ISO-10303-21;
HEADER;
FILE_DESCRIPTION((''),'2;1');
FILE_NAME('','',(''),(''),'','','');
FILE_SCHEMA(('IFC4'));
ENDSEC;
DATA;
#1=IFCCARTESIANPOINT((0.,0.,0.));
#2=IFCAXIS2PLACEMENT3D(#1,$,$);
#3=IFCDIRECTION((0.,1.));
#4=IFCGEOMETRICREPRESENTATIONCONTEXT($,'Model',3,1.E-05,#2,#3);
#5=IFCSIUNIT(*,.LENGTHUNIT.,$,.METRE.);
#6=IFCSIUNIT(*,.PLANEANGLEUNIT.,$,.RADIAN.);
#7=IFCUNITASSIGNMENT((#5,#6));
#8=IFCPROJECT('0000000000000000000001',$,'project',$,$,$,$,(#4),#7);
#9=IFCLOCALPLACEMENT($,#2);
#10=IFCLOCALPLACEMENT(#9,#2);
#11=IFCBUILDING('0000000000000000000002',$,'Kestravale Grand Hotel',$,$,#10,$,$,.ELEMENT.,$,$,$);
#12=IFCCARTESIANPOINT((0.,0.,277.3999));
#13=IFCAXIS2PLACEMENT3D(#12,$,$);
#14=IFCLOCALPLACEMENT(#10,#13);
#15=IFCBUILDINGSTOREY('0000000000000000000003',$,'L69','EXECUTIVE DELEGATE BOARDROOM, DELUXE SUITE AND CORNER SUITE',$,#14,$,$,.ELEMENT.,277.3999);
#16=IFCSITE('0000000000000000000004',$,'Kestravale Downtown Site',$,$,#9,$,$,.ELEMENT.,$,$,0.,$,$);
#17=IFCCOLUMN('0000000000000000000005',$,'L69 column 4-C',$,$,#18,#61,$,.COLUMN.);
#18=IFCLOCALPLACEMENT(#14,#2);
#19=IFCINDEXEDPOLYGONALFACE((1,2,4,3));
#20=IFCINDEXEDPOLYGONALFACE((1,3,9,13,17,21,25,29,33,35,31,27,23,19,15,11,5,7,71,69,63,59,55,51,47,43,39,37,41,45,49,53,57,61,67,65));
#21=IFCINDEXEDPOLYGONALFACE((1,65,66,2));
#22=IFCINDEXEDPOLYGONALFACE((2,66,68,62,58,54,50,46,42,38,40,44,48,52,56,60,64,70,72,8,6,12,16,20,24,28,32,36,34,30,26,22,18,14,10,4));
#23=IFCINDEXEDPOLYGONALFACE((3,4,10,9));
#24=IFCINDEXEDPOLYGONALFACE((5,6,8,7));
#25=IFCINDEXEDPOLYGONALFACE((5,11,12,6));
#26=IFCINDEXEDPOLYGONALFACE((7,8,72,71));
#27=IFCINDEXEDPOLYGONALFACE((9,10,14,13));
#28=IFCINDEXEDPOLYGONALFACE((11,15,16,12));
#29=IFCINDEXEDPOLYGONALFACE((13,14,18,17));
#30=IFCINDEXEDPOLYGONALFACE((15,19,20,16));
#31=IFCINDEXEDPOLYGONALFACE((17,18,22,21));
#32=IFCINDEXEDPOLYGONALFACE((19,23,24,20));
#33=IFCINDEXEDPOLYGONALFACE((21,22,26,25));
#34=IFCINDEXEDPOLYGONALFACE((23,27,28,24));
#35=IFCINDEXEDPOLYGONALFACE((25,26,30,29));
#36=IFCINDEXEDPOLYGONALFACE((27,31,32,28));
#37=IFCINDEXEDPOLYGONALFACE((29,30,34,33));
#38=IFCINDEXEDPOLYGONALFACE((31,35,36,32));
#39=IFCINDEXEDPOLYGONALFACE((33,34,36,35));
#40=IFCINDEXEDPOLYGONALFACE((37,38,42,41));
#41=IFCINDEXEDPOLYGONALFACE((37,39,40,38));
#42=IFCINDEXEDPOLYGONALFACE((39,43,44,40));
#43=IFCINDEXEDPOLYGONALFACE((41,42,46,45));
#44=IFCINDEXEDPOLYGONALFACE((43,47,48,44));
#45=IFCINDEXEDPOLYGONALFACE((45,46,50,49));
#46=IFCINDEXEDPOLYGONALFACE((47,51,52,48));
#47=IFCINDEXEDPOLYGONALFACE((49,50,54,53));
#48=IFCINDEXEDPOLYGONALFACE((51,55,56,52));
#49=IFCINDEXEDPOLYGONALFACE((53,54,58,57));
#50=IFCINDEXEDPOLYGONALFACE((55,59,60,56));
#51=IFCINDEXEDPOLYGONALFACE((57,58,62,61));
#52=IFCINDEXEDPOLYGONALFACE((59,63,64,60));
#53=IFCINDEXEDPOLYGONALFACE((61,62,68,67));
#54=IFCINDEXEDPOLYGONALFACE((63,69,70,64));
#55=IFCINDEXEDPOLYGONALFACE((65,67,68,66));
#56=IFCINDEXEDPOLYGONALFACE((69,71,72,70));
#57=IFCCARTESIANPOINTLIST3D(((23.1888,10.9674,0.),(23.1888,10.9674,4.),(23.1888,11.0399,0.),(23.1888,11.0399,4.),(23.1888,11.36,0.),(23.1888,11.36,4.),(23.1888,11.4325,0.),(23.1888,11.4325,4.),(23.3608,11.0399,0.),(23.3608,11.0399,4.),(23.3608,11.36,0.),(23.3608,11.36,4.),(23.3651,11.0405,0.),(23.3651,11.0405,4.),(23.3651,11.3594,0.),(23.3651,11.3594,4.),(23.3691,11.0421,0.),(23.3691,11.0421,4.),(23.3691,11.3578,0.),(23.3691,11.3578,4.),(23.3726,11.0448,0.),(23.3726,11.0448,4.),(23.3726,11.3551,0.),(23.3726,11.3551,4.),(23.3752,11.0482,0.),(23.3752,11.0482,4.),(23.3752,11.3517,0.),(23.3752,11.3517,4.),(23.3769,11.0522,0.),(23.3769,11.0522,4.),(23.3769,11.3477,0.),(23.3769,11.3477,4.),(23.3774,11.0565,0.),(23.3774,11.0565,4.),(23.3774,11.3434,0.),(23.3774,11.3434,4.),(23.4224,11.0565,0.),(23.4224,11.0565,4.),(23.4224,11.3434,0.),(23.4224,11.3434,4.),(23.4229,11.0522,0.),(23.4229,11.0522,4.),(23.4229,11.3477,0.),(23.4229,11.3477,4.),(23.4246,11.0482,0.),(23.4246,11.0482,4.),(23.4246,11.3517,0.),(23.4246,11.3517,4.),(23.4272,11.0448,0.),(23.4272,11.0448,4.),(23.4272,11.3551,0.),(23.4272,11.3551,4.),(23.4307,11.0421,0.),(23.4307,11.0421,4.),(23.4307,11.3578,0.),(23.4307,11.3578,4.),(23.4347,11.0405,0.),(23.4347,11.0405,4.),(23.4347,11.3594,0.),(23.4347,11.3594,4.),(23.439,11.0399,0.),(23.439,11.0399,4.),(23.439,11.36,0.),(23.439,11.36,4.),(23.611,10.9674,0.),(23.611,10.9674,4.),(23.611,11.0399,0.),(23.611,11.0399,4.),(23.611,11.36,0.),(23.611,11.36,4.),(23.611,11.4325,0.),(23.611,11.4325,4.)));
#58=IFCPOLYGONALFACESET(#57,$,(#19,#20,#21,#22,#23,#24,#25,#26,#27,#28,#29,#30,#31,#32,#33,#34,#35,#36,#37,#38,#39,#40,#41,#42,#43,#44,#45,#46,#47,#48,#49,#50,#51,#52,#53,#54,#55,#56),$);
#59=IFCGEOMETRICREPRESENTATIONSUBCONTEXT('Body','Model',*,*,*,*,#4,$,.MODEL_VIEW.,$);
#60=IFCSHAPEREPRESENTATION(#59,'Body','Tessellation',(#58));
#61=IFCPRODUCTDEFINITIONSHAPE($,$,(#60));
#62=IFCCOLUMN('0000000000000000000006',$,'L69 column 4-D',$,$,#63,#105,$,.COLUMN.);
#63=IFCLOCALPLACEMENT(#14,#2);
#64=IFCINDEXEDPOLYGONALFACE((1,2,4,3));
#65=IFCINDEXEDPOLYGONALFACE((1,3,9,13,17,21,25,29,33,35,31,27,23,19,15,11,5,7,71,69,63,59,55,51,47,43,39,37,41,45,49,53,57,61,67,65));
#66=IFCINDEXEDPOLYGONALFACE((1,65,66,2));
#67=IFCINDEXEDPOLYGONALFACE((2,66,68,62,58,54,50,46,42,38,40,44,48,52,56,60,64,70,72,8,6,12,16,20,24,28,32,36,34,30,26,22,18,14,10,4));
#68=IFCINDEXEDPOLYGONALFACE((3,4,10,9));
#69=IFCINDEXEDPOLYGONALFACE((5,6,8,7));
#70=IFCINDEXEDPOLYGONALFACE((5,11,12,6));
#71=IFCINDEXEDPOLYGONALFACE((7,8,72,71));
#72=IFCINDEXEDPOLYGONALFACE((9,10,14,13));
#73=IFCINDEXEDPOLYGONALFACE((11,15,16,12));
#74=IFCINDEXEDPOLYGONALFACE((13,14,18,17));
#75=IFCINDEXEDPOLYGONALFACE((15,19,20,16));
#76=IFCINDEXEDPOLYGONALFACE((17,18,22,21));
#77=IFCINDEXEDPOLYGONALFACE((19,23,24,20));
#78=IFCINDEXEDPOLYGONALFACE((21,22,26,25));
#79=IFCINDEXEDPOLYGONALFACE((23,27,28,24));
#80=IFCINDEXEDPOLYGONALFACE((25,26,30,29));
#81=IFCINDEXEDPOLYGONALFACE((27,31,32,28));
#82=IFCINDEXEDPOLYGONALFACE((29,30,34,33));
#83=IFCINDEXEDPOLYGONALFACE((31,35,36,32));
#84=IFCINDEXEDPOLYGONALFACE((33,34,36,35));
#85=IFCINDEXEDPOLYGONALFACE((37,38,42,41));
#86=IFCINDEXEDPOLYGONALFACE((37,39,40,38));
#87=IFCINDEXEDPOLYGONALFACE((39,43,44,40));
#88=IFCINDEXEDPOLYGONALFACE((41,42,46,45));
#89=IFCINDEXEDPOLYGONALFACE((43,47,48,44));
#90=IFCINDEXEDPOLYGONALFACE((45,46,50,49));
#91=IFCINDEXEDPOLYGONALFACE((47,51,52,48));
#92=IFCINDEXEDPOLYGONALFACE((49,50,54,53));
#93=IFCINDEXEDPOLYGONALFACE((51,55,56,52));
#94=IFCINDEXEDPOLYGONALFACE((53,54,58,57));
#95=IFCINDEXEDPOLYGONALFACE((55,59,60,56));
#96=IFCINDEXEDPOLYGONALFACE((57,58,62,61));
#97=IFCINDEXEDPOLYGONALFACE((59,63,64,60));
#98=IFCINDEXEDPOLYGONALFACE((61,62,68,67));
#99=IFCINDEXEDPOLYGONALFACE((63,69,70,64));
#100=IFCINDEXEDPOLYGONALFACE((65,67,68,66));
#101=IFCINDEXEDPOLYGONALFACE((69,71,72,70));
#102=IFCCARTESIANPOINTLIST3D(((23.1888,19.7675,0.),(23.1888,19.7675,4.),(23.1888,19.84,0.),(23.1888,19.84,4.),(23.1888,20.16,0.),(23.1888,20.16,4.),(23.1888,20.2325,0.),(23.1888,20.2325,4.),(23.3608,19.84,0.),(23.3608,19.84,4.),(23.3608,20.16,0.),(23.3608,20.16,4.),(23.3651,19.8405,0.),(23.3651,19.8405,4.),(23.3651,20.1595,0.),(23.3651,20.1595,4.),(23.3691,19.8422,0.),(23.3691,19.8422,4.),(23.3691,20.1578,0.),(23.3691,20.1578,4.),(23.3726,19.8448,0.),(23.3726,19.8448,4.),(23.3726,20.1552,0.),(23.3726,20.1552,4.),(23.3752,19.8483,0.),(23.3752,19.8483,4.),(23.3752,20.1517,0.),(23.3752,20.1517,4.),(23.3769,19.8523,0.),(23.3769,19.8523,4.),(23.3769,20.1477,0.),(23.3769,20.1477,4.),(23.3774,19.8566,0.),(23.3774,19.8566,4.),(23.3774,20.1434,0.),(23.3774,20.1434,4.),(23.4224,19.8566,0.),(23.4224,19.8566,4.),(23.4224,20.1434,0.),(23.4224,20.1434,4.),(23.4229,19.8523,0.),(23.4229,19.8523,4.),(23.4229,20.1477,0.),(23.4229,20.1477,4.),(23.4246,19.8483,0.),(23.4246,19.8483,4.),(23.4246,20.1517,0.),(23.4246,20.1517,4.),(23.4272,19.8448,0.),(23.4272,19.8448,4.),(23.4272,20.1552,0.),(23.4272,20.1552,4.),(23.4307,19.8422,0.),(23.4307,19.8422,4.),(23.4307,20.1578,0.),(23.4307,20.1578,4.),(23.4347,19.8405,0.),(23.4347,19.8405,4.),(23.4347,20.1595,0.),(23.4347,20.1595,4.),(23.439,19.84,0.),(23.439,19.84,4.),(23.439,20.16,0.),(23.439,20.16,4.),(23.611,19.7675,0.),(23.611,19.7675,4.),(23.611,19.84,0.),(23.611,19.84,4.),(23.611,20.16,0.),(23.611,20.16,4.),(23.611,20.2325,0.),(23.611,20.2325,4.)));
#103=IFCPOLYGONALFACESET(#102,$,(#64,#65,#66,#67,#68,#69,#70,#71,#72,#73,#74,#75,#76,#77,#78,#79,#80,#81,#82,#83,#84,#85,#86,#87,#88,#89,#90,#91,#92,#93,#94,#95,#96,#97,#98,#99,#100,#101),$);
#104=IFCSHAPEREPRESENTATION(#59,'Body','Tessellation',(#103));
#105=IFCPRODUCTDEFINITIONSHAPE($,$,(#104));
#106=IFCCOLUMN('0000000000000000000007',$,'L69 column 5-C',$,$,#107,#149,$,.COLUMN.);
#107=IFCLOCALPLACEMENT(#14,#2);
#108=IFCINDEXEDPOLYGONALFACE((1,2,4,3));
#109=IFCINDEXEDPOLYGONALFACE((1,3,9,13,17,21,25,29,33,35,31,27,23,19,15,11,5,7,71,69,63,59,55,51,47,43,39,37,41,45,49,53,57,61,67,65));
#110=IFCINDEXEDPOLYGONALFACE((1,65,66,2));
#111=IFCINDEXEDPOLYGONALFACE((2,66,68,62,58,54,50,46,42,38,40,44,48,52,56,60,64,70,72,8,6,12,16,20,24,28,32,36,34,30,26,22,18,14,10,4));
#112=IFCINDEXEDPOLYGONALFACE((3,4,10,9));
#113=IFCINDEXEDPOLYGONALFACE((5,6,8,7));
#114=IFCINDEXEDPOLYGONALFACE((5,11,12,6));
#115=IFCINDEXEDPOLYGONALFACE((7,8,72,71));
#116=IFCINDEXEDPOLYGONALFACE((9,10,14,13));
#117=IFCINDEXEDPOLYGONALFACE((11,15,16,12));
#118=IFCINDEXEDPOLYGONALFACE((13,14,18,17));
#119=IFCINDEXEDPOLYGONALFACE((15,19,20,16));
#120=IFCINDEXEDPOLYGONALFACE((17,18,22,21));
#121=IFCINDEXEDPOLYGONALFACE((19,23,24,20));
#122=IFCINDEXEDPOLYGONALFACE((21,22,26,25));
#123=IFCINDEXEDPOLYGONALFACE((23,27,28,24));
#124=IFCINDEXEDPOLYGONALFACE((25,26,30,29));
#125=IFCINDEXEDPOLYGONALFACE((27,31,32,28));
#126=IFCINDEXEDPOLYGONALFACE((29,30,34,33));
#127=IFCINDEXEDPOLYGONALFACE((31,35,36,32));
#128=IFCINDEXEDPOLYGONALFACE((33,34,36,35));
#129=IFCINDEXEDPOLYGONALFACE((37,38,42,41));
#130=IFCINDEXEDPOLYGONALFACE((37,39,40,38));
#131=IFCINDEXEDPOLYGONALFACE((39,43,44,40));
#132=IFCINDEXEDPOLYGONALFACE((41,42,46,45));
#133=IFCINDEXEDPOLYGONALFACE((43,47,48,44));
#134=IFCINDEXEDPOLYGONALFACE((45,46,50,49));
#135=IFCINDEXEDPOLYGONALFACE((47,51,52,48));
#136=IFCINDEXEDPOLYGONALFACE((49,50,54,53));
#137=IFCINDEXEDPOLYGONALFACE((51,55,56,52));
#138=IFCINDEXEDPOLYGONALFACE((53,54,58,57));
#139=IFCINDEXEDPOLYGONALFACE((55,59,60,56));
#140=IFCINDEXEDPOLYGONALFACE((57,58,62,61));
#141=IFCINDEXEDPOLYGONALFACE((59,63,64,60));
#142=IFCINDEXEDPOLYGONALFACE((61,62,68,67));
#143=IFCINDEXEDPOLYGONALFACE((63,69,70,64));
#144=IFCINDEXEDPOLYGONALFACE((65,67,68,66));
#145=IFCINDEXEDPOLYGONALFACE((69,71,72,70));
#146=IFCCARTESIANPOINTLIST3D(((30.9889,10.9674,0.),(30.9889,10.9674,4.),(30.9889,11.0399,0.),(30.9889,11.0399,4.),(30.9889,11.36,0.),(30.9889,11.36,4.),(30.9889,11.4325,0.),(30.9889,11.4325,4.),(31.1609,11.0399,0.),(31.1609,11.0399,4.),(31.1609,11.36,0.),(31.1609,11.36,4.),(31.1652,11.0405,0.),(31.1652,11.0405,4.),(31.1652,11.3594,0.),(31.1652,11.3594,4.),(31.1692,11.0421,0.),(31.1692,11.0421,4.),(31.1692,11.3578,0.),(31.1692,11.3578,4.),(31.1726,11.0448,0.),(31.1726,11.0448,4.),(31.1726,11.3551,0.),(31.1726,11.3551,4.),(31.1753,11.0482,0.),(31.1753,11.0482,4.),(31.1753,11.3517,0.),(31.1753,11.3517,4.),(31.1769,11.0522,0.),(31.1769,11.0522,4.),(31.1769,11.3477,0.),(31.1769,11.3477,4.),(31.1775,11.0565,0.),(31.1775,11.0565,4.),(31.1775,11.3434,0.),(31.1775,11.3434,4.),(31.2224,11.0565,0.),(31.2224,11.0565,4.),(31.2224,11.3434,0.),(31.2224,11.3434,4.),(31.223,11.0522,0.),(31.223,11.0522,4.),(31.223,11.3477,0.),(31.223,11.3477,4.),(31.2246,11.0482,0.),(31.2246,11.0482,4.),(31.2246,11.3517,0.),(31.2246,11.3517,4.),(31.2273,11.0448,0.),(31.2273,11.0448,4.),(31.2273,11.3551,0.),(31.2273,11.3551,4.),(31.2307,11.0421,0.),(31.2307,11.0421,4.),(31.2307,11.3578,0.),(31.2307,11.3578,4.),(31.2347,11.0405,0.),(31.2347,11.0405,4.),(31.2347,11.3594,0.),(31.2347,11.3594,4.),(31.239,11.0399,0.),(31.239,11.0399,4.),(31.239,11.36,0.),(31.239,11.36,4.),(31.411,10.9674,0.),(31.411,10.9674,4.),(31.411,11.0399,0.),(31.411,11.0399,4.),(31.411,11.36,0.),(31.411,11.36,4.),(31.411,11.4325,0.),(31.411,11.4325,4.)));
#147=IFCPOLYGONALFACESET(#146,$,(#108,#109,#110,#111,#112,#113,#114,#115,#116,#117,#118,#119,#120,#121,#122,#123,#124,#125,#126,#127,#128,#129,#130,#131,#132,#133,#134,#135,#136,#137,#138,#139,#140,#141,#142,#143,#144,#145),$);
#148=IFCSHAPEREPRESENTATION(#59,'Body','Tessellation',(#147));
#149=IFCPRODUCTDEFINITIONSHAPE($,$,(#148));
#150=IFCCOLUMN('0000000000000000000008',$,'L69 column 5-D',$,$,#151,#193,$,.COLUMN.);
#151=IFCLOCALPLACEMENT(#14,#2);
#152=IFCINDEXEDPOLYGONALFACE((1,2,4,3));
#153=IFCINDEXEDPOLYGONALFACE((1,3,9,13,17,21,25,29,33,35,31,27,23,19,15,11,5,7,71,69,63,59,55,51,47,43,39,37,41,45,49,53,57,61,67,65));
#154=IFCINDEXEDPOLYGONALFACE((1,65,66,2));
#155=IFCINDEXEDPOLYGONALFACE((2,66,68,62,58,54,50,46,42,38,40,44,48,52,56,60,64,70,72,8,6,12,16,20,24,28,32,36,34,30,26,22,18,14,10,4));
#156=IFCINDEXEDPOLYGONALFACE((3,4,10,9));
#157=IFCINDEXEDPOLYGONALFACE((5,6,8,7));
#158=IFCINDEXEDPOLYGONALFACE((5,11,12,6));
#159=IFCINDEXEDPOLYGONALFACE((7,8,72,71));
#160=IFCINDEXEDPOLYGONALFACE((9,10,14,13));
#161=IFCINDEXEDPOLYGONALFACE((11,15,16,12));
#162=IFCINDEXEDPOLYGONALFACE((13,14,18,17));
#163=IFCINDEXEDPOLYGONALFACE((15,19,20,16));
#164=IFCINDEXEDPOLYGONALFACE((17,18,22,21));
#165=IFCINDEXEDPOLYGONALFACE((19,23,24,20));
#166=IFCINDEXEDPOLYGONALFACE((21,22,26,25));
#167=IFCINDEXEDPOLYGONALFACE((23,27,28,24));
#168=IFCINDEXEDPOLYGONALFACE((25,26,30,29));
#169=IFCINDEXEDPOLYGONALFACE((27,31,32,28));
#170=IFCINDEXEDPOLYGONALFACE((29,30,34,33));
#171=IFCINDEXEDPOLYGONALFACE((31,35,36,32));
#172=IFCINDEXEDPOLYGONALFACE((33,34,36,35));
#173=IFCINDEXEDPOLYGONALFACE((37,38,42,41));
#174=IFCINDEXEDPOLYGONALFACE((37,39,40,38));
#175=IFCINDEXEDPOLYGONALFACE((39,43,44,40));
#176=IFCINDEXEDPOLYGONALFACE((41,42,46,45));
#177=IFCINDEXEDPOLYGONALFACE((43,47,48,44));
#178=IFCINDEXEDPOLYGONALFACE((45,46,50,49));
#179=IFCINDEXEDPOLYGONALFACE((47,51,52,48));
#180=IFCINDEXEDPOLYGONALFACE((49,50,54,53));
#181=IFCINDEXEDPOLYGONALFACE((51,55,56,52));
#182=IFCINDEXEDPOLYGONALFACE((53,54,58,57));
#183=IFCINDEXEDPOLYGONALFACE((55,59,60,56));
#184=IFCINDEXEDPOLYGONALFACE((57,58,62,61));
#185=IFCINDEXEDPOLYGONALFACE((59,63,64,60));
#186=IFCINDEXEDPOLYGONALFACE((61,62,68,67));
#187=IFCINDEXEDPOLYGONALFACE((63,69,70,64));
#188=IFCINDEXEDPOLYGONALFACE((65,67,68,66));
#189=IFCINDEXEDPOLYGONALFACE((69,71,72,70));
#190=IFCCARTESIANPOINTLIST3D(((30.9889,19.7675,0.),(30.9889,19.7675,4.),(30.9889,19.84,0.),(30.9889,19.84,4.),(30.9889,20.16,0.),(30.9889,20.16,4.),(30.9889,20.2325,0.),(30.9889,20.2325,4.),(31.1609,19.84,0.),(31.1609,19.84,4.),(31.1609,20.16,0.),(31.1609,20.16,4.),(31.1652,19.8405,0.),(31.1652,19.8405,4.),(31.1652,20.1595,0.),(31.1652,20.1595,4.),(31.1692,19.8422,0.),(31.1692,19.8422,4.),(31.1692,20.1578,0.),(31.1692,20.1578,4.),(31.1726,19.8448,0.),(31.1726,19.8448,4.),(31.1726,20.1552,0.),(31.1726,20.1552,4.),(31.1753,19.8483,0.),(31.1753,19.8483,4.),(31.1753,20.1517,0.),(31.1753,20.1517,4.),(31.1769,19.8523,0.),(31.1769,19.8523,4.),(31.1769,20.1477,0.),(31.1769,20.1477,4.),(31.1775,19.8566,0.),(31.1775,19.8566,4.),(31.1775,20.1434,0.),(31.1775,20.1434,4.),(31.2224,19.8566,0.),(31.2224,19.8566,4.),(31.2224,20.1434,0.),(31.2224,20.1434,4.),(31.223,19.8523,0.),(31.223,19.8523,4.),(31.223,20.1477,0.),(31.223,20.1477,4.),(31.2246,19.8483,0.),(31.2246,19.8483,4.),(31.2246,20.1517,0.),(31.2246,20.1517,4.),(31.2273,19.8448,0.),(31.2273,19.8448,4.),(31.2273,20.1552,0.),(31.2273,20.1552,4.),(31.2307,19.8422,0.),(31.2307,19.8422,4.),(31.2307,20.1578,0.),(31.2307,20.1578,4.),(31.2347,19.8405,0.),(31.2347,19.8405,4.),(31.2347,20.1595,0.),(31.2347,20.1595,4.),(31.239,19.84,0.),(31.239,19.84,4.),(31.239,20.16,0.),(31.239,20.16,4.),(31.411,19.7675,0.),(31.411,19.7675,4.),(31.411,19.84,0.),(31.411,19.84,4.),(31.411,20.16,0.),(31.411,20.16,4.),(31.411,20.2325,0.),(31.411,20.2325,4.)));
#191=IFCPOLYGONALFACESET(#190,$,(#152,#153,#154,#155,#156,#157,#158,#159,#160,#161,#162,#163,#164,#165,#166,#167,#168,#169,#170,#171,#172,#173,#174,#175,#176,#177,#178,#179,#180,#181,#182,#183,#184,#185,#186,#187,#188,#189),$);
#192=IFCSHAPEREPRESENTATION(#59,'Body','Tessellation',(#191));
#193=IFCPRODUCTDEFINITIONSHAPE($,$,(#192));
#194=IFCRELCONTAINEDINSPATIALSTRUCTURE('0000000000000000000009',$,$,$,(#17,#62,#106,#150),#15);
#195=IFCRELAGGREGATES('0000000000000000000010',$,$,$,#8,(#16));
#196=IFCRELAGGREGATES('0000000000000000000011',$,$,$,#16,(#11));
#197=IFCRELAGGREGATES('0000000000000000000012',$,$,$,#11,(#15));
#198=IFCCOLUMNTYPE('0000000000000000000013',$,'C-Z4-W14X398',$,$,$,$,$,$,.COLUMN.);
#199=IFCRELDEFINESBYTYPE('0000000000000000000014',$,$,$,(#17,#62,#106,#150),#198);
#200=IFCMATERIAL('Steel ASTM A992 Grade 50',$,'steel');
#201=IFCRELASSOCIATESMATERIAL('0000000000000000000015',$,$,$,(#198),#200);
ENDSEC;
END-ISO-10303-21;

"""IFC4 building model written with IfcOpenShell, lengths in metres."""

from ifc_helpers import new_model, si_unit, direction, frame, origin, origin_2d, place, context, subcontext, project, spatial, i_section, extrude, material, material_profile, profile_set, type_object, element, save


model = new_model("IFC4")

# Units and contexts
model_context = context("Model", 3, precision=1e-05, world=origin(), true_north=direction((0.0, 1.0)))
body_context = subcontext(model_context, "Body", "Model", "MODEL_VIEW")
ifc_project = project(units=[si_unit("LENGTHUNIT", "METRE"), si_unit("PLANEANGLEUNIT", "RADIAN")], contexts=[model_context])

# Site, building, storey
site_placement = place(None, origin())
site = spatial("IfcSite", under=ifc_project, at=site_placement, Name="Kestravale Downtown Site", CompositionType="ELEMENT", RefElevation=0.0)
building_placement = place(site_placement, origin())
building = spatial("IfcBuilding", under=site, at=building_placement, Name="Kestravale Grand Hotel", CompositionType="ELEMENT")
storey_placement = place(building_placement, frame((0.0, 0.0, 277.3999)))
storey = spatial("IfcBuildingStorey", under=building, at=storey_placement, Name="L69", Description="EXECUTIVE DELEGATE BOARDROOM, DELUXE SUITE AND CORNER SUITE", CompositionType="ELEMENT", Elevation=277.3999)

# Columns
ifc_material_1 = material(Name="Steel ASTM A992 Grade 50", Category="steel")
ifc_material_profile_1 = material_profile(ifc_material_1, i_section(OverallWidth=0.4221, OverallDepth=0.4651, WebThickness=0.0449, FlangeThickness=0.0725, FilletRadius=0.0166, at=origin_2d()))
ifc_profile_set_1 = profile_set([ifc_material_profile_1], Name="Steel ASTM A992 Grade 50")
column_type = type_object("IfcColumnType", Name="C-Z4-W14X398", PredefinedType="COLUMN", material=ifc_profile_set_1)
for number, where, z_axis, x_axis, name in (
    (1, (23.3999, 11.2, 0.0), (0.0, 0.0, 1.0), (1.0, 0.0, 0.0), "L69 column 4-C"),
    (2, (23.3999, 20.0, 0.0), (0.0, 0.0, 1.0), (1.0, 0.0, 0.0), "L69 column 4-D"),
    (3, (31.2, 11.2, 0.0), (0.0, 0.0, 1.0), (1.0, 0.0, 0.0), "L69 column 5-C"),
    (4, (31.2, 20.0, 0.0), (0.0, 0.0, 1.0), (1.0, 0.0, 0.0), "L69 column 5-D"),
):
    element("IfcColumn", number, at=place(storey_placement, frame(where, z_axis=z_axis, x_axis=x_axis)), inside=storey, type_object=column_type, Name=name, PredefinedType="COLUMN", context=body_context, shape_type="SweptSolid", body=[
        extrude(i_section(OverallWidth=0.4221, OverallDepth=0.4651, WebThickness=0.0449, FlangeThickness=0.0725, FilletRadius=0.0166, at=origin_2d()), origin(), (0.0, 0.0, 1.0), 4.0),
    ])

save(model, "model.ifc")
